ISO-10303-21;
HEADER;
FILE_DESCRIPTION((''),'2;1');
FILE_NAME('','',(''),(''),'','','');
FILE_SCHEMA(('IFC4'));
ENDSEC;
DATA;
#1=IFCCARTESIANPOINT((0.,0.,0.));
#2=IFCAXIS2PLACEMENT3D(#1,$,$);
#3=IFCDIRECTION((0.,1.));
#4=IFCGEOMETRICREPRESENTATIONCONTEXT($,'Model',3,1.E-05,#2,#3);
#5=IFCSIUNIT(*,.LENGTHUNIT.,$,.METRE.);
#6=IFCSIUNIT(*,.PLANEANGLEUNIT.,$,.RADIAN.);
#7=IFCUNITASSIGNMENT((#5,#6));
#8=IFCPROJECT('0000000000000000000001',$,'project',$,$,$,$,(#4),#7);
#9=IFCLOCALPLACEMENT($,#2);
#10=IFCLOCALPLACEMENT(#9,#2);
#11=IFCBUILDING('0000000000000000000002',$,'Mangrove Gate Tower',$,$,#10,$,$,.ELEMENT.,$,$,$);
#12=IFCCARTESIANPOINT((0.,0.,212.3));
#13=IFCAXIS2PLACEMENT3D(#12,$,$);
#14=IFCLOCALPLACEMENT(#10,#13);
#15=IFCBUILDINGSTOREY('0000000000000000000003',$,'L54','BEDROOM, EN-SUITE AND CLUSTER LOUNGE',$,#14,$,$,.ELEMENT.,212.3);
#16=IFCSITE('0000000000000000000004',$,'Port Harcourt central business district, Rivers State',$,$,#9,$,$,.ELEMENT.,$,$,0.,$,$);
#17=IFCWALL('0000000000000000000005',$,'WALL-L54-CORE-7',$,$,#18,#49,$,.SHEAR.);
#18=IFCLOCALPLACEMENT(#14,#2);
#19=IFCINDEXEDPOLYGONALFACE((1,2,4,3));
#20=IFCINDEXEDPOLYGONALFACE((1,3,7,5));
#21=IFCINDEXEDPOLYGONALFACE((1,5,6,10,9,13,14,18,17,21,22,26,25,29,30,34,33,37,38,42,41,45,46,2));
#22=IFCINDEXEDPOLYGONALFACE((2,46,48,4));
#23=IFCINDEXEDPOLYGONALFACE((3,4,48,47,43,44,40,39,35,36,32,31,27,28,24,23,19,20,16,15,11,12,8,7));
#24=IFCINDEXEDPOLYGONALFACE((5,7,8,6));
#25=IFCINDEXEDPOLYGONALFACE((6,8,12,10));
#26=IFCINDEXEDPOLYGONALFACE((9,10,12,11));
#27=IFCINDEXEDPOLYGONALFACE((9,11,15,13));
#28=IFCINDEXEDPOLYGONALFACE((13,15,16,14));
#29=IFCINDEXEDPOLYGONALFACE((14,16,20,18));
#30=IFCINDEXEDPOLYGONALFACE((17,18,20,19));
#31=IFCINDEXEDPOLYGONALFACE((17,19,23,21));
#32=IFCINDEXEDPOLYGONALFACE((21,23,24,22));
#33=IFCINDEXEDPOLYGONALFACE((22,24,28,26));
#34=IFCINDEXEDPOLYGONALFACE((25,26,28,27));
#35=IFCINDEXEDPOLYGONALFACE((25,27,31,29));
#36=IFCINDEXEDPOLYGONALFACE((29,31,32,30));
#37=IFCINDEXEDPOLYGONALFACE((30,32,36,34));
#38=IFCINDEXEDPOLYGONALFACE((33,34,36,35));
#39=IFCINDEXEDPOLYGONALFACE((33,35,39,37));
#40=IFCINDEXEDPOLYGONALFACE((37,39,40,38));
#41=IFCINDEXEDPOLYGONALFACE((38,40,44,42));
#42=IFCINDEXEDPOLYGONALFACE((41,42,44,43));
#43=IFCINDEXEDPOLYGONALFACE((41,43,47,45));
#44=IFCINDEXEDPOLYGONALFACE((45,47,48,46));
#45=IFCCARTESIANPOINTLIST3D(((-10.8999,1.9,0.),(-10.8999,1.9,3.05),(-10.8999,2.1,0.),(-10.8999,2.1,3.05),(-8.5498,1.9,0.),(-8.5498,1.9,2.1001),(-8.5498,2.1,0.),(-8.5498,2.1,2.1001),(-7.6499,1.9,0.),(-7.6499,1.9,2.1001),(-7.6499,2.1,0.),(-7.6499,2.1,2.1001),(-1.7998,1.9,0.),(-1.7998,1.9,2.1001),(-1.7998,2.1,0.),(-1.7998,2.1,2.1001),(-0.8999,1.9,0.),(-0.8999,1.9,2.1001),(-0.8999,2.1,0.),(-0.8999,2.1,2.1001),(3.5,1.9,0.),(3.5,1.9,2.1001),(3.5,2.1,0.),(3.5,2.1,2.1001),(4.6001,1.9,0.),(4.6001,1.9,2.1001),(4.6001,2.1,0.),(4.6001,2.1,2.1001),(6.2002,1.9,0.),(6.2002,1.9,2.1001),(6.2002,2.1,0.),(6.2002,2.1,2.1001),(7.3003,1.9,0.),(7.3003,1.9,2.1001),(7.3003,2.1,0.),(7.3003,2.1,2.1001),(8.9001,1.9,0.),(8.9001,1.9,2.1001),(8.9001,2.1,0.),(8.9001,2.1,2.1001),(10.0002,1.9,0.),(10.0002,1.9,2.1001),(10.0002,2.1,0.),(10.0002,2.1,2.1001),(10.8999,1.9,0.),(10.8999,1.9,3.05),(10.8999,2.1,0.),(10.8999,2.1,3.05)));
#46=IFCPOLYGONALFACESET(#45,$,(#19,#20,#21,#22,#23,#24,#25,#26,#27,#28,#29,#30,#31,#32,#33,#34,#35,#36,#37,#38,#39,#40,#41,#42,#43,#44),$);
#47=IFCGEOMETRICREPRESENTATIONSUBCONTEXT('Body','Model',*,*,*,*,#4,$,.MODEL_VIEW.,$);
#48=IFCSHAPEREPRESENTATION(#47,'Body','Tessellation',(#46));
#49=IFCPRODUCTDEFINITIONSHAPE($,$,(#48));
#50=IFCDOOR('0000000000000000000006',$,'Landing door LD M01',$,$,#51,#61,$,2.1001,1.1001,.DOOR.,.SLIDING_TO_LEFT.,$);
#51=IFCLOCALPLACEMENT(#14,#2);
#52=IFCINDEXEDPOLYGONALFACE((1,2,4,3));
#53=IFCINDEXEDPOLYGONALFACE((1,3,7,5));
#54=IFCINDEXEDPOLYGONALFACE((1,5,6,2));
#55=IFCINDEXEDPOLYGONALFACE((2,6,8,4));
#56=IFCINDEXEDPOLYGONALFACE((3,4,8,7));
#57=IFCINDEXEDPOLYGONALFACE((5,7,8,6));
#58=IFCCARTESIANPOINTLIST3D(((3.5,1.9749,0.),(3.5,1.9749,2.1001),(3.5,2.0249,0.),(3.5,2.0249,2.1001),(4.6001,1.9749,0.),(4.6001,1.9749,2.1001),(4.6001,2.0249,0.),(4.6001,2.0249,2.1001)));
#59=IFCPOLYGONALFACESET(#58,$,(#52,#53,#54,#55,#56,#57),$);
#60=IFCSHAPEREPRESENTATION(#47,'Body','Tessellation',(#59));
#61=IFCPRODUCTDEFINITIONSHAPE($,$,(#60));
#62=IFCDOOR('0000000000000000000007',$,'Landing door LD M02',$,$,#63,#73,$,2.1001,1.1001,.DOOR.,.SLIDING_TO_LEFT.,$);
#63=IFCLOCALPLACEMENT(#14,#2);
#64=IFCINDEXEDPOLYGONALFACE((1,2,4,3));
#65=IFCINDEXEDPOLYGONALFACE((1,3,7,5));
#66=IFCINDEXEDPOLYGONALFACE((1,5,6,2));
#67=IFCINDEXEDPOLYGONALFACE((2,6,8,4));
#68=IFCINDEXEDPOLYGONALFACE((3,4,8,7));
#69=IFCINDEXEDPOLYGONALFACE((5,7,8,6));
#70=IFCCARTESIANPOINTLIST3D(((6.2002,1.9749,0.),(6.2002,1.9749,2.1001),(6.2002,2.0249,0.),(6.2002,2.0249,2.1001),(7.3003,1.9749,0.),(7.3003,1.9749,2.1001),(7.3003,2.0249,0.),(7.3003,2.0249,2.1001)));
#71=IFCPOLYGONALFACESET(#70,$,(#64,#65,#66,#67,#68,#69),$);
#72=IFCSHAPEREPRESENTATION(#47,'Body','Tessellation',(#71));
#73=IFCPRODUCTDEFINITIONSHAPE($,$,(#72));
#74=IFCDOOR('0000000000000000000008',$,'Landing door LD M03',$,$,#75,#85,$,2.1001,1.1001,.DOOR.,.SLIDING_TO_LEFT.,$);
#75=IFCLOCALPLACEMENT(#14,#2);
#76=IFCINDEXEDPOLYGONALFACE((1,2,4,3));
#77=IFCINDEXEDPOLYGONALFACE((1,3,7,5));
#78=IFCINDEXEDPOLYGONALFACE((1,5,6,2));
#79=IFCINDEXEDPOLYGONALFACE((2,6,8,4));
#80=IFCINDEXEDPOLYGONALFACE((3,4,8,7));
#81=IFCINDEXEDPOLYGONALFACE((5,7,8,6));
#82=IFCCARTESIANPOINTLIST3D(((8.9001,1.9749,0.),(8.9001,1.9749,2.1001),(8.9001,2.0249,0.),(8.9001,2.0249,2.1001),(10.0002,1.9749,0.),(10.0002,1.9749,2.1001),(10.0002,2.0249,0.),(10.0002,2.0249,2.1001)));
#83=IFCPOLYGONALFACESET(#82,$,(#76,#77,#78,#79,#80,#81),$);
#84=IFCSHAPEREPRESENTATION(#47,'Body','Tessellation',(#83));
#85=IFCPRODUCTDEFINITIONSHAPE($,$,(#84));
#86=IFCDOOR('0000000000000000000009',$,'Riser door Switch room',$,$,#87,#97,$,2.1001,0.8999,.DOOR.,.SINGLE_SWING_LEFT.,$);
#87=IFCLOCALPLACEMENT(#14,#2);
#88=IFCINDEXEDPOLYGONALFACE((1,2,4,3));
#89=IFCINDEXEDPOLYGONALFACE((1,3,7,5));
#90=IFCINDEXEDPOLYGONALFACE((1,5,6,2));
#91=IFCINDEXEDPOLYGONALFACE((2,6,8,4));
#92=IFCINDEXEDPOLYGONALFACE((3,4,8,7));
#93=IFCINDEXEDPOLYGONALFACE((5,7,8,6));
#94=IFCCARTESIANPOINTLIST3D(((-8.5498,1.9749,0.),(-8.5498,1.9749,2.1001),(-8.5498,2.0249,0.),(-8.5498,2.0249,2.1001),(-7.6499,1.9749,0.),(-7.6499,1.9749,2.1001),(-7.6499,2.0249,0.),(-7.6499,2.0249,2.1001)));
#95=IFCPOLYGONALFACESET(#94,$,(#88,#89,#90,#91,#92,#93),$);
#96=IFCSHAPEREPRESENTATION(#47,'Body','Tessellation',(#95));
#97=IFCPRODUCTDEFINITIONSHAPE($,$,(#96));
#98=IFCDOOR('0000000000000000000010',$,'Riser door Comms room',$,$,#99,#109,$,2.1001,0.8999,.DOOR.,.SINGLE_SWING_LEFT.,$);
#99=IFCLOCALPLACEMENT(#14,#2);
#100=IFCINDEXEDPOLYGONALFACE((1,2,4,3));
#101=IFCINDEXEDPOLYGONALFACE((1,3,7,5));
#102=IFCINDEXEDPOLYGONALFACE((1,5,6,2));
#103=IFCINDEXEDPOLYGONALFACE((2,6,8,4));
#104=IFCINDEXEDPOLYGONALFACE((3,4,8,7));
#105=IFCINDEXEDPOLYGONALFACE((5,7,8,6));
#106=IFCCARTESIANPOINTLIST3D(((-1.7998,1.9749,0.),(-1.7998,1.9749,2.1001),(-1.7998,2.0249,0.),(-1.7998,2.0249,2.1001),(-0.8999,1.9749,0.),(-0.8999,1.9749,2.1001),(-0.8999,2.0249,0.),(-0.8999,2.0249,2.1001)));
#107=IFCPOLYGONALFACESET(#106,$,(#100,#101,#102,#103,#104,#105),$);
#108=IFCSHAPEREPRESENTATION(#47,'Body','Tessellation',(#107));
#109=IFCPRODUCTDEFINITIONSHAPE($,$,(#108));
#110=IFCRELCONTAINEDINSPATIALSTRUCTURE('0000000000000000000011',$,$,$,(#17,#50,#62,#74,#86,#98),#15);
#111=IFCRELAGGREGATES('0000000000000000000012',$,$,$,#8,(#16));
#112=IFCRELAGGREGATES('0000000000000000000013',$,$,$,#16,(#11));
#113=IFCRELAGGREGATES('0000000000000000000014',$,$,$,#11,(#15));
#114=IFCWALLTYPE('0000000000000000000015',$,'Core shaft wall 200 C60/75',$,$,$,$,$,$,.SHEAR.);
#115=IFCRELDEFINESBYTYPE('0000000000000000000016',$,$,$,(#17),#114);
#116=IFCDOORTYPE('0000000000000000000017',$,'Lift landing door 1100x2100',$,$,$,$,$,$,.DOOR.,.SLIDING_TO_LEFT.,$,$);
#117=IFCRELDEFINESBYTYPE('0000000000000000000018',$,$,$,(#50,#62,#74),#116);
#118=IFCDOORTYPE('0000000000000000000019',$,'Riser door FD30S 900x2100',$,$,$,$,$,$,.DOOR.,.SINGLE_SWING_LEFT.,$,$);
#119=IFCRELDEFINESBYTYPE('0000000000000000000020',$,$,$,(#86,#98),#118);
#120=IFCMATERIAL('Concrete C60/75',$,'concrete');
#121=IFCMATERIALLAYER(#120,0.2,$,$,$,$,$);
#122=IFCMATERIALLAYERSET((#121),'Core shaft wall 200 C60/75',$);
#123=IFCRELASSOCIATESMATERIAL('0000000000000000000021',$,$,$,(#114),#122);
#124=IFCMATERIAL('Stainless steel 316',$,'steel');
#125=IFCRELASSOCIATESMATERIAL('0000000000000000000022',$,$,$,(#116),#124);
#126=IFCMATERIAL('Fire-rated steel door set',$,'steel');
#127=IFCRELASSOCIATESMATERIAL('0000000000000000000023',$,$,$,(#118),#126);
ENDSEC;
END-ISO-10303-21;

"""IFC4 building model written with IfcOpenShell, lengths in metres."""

from ifc_helpers import new_model, si_unit, direction, frame, frame_2d, origin, place, context, subcontext, project, spatial, rectangle, extrude, material, layer, layer_set, type_object, element, fill, save


model = new_model("IFC4")

# Units and contexts
model_context = context("Model", 3, precision=1e-05, world=origin(), true_north=direction((0.0, 1.0)))
body_context = subcontext(model_context, "Body", "Model", "MODEL_VIEW")
ifc_project = project(units=[si_unit("LENGTHUNIT", "METRE"), si_unit("PLANEANGLEUNIT", "RADIAN")], contexts=[model_context])

# Site, building, storey
site_placement = place(None, origin())
site = spatial("IfcSite", under=ifc_project, at=site_placement, Name="Port Harcourt central business district, Rivers State", CompositionType="ELEMENT", RefElevation=0.0)
building_placement = place(site_placement, origin())
building = spatial("IfcBuilding", under=site, at=building_placement, Name="Mangrove Gate Tower", CompositionType="ELEMENT")
storey_placement = place(building_placement, frame((0.0, 0.0, 212.3)))
storey = spatial("IfcBuildingStorey", under=building, at=storey_placement, Name="L54", Description="BEDROOM, EN-SUITE AND CLUSTER LOUNGE", CompositionType="ELEMENT", Elevation=212.3)

# Shared definitions
ifc_material_1 = material(Name="Concrete C60/75", Category="concrete")
ifc_layer_1 = layer(ifc_material_1, 0.2)
ifc_layer_set_1 = layer_set([ifc_layer_1], Name="Core shaft wall 200 C60/75")
wall_type_1 = type_object("IfcWallType", Name="Core shaft wall 200 C60/75", PredefinedType="SHEAR", material=ifc_layer_set_1)

# Wall, openings, doors
wall_1_placement = place(storey_placement, frame((-10.8999, 2.0, 0.0), z_axis=(0.0, 0.0, 1.0), x_axis=(1.0, 0.0, 0.0)))
wall_1 = element("IfcWall", 1, at=wall_1_placement, inside=storey, type_object=wall_type_1, Name="WALL-L54-CORE-7", PredefinedType="SHEAR", context=body_context, shape_type="SweptSolid", body=[
    extrude(rectangle(XDim=21.7998, YDim=0.2, at=frame_2d((10.8999, 0.0))), origin(), (0.0, 0.0, 1.0), 3.05),
])
opening_1_placement = place(wall_1_placement, frame((14.3999, 0.0, 0.0)))
opening_1 = element("IfcOpeningElement", 2, at=opening_1_placement, cuts=wall_1, PredefinedType="OPENING", context=body_context, shape_type="SweptSolid", body=[
    extrude(rectangle(XDim=1.1001, YDim=2.1001, at=frame_2d((0.55, 1.05))), frame((0.0, 0.1099, 0.0), z_axis=(0.0, -1.0, 0.0), x_axis=(1.0, 0.0, 0.0)), (0.0, 0.0, 1.0), 0.22),
])
opening_2_placement = place(wall_1_placement, frame((17.1001, 0.0, 0.0)))
opening_2 = element("IfcOpeningElement", 3, at=opening_2_placement, cuts=wall_1, PredefinedType="OPENING", context=body_context, shape_type="SweptSolid", body=[
    extrude(rectangle(XDim=1.1001, YDim=2.1001, at=frame_2d((0.55, 1.05))), frame((0.0, 0.1099, 0.0), z_axis=(0.0, -1.0, 0.0), x_axis=(1.0, 0.0, 0.0)), (0.0, 0.0, 1.0), 0.22),
])
opening_3_placement = place(wall_1_placement, frame((19.8, 0.0, 0.0)))
opening_3 = element("IfcOpeningElement", 4, at=opening_3_placement, cuts=wall_1, PredefinedType="OPENING", context=body_context, shape_type="SweptSolid", body=[
    extrude(rectangle(XDim=1.1001, YDim=2.1001, at=frame_2d((0.55, 1.05))), frame((0.0, 0.1099, 0.0), z_axis=(0.0, -1.0, 0.0), x_axis=(1.0, 0.0, 0.0)), (0.0, 0.0, 1.0), 0.22),
])
opening_4_placement = place(wall_1_placement, frame((2.3501, 0.0, 0.0)))
opening_4 = element("IfcOpeningElement", 5, at=opening_4_placement, cuts=wall_1, PredefinedType="OPENING", context=body_context, shape_type="SweptSolid", body=[
    extrude(rectangle(XDim=0.8999, YDim=2.1001, at=frame_2d((0.45, 1.05))), frame((0.0, 0.1099, 0.0), z_axis=(0.0, -1.0, 0.0), x_axis=(1.0, 0.0, 0.0)), (0.0, 0.0, 1.0), 0.22),
])
opening_5_placement = place(wall_1_placement, frame((9.1001, 0.0, 0.0)))
opening_5 = element("IfcOpeningElement", 6, at=opening_5_placement, cuts=wall_1, PredefinedType="OPENING", context=body_context, shape_type="SweptSolid", body=[
    extrude(rectangle(XDim=0.8999, YDim=2.1001, at=frame_2d((0.45, 1.05))), frame((0.0, 0.1099, 0.0), z_axis=(0.0, -1.0, 0.0), x_axis=(1.0, 0.0, 0.0)), (0.0, 0.0, 1.0), 0.22),
])
ifc_material_2 = material(Name="Stainless steel 316", Category="steel")
door_type_1 = type_object("IfcDoorType", Name="Lift landing door 1100x2100", OperationType="SLIDING_TO_LEFT", PredefinedType="DOOR", material=ifc_material_2)
door_1_placement = place(opening_1_placement, origin())
door_1 = element("IfcDoor", 7, at=door_1_placement, inside=storey, type_object=door_type_1, Name="Landing door LD M01", OperationType="SLIDING_TO_LEFT", OverallHeight=2.1001, OverallWidth=1.1001, PredefinedType="DOOR", context=body_context, shape_type="SweptSolid", body=[
    extrude(rectangle(XDim=1.1001, YDim=2.1001, at=frame_2d((0.55, 1.05))), frame((0.0, 0.0249, 0.0), z_axis=(0.0, -1.0, 0.0), x_axis=(1.0, 0.0, 0.0)), (0.0, 0.0, 1.0), 0.05),
])
fill(opening_1, door_1)
door_2_placement = place(opening_2_placement, origin())
door_2 = element("IfcDoor", 8, at=door_2_placement, inside=storey, type_object=door_type_1, Name="Landing door LD M02", OperationType="SLIDING_TO_LEFT", OverallHeight=2.1001, OverallWidth=1.1001, PredefinedType="DOOR", context=body_context, shape_type="SweptSolid", body=[
    extrude(rectangle(XDim=1.1001, YDim=2.1001, at=frame_2d((0.55, 1.05))), frame((0.0, 0.0249, 0.0), z_axis=(0.0, -1.0, 0.0), x_axis=(1.0, 0.0, 0.0)), (0.0, 0.0, 1.0), 0.05),
])
fill(opening_2, door_2)
door_3_placement = place(opening_3_placement, origin())
door_3 = element("IfcDoor", 9, at=door_3_placement, inside=storey, type_object=door_type_1, Name="Landing door LD M03", OperationType="SLIDING_TO_LEFT", OverallHeight=2.1001, OverallWidth=1.1001, PredefinedType="DOOR", context=body_context, shape_type="SweptSolid", body=[
    extrude(rectangle(XDim=1.1001, YDim=2.1001, at=frame_2d((0.55, 1.05))), frame((0.0, 0.0249, 0.0), z_axis=(0.0, -1.0, 0.0), x_axis=(1.0, 0.0, 0.0)), (0.0, 0.0, 1.0), 0.05),
])
fill(opening_3, door_3)
ifc_material_3 = material(Name="Fire-rated steel door set", Category="steel")
door_type_2 = type_object("IfcDoorType", Name="Riser door FD30S 900x2100", OperationType="SINGLE_SWING_LEFT", PredefinedType="DOOR", material=ifc_material_3)
door_4_placement = place(opening_4_placement, origin())
door_4 = element("IfcDoor", 10, at=door_4_placement, inside=storey, type_object=door_type_2, Name="Riser door Switch room", OperationType="SINGLE_SWING_LEFT", OverallHeight=2.1001, OverallWidth=0.8999, PredefinedType="DOOR", context=body_context, shape_type="SweptSolid", body=[
    extrude(rectangle(XDim=0.8999, YDim=2.1001, at=frame_2d((0.45, 1.05))), frame((0.0, 0.0249, 0.0), z_axis=(0.0, -1.0, 0.0), x_axis=(1.0, 0.0, 0.0)), (0.0, 0.0, 1.0), 0.05),
])
fill(opening_4, door_4)
door_5_placement = place(opening_5_placement, origin())
door_5 = element("IfcDoor", 11, at=door_5_placement, inside=storey, type_object=door_type_2, Name="Riser door Comms room", OperationType="SINGLE_SWING_LEFT", OverallHeight=2.1001, OverallWidth=0.8999, PredefinedType="DOOR", context=body_context, shape_type="SweptSolid", body=[
    extrude(rectangle(XDim=0.8999, YDim=2.1001, at=frame_2d((0.45, 1.05))), frame((0.0, 0.0249, 0.0), z_axis=(0.0, -1.0, 0.0), x_axis=(1.0, 0.0, 0.0)), (0.0, 0.0, 1.0), 0.05),
])
fill(opening_5, door_5)

save(model, "model.ifc")
